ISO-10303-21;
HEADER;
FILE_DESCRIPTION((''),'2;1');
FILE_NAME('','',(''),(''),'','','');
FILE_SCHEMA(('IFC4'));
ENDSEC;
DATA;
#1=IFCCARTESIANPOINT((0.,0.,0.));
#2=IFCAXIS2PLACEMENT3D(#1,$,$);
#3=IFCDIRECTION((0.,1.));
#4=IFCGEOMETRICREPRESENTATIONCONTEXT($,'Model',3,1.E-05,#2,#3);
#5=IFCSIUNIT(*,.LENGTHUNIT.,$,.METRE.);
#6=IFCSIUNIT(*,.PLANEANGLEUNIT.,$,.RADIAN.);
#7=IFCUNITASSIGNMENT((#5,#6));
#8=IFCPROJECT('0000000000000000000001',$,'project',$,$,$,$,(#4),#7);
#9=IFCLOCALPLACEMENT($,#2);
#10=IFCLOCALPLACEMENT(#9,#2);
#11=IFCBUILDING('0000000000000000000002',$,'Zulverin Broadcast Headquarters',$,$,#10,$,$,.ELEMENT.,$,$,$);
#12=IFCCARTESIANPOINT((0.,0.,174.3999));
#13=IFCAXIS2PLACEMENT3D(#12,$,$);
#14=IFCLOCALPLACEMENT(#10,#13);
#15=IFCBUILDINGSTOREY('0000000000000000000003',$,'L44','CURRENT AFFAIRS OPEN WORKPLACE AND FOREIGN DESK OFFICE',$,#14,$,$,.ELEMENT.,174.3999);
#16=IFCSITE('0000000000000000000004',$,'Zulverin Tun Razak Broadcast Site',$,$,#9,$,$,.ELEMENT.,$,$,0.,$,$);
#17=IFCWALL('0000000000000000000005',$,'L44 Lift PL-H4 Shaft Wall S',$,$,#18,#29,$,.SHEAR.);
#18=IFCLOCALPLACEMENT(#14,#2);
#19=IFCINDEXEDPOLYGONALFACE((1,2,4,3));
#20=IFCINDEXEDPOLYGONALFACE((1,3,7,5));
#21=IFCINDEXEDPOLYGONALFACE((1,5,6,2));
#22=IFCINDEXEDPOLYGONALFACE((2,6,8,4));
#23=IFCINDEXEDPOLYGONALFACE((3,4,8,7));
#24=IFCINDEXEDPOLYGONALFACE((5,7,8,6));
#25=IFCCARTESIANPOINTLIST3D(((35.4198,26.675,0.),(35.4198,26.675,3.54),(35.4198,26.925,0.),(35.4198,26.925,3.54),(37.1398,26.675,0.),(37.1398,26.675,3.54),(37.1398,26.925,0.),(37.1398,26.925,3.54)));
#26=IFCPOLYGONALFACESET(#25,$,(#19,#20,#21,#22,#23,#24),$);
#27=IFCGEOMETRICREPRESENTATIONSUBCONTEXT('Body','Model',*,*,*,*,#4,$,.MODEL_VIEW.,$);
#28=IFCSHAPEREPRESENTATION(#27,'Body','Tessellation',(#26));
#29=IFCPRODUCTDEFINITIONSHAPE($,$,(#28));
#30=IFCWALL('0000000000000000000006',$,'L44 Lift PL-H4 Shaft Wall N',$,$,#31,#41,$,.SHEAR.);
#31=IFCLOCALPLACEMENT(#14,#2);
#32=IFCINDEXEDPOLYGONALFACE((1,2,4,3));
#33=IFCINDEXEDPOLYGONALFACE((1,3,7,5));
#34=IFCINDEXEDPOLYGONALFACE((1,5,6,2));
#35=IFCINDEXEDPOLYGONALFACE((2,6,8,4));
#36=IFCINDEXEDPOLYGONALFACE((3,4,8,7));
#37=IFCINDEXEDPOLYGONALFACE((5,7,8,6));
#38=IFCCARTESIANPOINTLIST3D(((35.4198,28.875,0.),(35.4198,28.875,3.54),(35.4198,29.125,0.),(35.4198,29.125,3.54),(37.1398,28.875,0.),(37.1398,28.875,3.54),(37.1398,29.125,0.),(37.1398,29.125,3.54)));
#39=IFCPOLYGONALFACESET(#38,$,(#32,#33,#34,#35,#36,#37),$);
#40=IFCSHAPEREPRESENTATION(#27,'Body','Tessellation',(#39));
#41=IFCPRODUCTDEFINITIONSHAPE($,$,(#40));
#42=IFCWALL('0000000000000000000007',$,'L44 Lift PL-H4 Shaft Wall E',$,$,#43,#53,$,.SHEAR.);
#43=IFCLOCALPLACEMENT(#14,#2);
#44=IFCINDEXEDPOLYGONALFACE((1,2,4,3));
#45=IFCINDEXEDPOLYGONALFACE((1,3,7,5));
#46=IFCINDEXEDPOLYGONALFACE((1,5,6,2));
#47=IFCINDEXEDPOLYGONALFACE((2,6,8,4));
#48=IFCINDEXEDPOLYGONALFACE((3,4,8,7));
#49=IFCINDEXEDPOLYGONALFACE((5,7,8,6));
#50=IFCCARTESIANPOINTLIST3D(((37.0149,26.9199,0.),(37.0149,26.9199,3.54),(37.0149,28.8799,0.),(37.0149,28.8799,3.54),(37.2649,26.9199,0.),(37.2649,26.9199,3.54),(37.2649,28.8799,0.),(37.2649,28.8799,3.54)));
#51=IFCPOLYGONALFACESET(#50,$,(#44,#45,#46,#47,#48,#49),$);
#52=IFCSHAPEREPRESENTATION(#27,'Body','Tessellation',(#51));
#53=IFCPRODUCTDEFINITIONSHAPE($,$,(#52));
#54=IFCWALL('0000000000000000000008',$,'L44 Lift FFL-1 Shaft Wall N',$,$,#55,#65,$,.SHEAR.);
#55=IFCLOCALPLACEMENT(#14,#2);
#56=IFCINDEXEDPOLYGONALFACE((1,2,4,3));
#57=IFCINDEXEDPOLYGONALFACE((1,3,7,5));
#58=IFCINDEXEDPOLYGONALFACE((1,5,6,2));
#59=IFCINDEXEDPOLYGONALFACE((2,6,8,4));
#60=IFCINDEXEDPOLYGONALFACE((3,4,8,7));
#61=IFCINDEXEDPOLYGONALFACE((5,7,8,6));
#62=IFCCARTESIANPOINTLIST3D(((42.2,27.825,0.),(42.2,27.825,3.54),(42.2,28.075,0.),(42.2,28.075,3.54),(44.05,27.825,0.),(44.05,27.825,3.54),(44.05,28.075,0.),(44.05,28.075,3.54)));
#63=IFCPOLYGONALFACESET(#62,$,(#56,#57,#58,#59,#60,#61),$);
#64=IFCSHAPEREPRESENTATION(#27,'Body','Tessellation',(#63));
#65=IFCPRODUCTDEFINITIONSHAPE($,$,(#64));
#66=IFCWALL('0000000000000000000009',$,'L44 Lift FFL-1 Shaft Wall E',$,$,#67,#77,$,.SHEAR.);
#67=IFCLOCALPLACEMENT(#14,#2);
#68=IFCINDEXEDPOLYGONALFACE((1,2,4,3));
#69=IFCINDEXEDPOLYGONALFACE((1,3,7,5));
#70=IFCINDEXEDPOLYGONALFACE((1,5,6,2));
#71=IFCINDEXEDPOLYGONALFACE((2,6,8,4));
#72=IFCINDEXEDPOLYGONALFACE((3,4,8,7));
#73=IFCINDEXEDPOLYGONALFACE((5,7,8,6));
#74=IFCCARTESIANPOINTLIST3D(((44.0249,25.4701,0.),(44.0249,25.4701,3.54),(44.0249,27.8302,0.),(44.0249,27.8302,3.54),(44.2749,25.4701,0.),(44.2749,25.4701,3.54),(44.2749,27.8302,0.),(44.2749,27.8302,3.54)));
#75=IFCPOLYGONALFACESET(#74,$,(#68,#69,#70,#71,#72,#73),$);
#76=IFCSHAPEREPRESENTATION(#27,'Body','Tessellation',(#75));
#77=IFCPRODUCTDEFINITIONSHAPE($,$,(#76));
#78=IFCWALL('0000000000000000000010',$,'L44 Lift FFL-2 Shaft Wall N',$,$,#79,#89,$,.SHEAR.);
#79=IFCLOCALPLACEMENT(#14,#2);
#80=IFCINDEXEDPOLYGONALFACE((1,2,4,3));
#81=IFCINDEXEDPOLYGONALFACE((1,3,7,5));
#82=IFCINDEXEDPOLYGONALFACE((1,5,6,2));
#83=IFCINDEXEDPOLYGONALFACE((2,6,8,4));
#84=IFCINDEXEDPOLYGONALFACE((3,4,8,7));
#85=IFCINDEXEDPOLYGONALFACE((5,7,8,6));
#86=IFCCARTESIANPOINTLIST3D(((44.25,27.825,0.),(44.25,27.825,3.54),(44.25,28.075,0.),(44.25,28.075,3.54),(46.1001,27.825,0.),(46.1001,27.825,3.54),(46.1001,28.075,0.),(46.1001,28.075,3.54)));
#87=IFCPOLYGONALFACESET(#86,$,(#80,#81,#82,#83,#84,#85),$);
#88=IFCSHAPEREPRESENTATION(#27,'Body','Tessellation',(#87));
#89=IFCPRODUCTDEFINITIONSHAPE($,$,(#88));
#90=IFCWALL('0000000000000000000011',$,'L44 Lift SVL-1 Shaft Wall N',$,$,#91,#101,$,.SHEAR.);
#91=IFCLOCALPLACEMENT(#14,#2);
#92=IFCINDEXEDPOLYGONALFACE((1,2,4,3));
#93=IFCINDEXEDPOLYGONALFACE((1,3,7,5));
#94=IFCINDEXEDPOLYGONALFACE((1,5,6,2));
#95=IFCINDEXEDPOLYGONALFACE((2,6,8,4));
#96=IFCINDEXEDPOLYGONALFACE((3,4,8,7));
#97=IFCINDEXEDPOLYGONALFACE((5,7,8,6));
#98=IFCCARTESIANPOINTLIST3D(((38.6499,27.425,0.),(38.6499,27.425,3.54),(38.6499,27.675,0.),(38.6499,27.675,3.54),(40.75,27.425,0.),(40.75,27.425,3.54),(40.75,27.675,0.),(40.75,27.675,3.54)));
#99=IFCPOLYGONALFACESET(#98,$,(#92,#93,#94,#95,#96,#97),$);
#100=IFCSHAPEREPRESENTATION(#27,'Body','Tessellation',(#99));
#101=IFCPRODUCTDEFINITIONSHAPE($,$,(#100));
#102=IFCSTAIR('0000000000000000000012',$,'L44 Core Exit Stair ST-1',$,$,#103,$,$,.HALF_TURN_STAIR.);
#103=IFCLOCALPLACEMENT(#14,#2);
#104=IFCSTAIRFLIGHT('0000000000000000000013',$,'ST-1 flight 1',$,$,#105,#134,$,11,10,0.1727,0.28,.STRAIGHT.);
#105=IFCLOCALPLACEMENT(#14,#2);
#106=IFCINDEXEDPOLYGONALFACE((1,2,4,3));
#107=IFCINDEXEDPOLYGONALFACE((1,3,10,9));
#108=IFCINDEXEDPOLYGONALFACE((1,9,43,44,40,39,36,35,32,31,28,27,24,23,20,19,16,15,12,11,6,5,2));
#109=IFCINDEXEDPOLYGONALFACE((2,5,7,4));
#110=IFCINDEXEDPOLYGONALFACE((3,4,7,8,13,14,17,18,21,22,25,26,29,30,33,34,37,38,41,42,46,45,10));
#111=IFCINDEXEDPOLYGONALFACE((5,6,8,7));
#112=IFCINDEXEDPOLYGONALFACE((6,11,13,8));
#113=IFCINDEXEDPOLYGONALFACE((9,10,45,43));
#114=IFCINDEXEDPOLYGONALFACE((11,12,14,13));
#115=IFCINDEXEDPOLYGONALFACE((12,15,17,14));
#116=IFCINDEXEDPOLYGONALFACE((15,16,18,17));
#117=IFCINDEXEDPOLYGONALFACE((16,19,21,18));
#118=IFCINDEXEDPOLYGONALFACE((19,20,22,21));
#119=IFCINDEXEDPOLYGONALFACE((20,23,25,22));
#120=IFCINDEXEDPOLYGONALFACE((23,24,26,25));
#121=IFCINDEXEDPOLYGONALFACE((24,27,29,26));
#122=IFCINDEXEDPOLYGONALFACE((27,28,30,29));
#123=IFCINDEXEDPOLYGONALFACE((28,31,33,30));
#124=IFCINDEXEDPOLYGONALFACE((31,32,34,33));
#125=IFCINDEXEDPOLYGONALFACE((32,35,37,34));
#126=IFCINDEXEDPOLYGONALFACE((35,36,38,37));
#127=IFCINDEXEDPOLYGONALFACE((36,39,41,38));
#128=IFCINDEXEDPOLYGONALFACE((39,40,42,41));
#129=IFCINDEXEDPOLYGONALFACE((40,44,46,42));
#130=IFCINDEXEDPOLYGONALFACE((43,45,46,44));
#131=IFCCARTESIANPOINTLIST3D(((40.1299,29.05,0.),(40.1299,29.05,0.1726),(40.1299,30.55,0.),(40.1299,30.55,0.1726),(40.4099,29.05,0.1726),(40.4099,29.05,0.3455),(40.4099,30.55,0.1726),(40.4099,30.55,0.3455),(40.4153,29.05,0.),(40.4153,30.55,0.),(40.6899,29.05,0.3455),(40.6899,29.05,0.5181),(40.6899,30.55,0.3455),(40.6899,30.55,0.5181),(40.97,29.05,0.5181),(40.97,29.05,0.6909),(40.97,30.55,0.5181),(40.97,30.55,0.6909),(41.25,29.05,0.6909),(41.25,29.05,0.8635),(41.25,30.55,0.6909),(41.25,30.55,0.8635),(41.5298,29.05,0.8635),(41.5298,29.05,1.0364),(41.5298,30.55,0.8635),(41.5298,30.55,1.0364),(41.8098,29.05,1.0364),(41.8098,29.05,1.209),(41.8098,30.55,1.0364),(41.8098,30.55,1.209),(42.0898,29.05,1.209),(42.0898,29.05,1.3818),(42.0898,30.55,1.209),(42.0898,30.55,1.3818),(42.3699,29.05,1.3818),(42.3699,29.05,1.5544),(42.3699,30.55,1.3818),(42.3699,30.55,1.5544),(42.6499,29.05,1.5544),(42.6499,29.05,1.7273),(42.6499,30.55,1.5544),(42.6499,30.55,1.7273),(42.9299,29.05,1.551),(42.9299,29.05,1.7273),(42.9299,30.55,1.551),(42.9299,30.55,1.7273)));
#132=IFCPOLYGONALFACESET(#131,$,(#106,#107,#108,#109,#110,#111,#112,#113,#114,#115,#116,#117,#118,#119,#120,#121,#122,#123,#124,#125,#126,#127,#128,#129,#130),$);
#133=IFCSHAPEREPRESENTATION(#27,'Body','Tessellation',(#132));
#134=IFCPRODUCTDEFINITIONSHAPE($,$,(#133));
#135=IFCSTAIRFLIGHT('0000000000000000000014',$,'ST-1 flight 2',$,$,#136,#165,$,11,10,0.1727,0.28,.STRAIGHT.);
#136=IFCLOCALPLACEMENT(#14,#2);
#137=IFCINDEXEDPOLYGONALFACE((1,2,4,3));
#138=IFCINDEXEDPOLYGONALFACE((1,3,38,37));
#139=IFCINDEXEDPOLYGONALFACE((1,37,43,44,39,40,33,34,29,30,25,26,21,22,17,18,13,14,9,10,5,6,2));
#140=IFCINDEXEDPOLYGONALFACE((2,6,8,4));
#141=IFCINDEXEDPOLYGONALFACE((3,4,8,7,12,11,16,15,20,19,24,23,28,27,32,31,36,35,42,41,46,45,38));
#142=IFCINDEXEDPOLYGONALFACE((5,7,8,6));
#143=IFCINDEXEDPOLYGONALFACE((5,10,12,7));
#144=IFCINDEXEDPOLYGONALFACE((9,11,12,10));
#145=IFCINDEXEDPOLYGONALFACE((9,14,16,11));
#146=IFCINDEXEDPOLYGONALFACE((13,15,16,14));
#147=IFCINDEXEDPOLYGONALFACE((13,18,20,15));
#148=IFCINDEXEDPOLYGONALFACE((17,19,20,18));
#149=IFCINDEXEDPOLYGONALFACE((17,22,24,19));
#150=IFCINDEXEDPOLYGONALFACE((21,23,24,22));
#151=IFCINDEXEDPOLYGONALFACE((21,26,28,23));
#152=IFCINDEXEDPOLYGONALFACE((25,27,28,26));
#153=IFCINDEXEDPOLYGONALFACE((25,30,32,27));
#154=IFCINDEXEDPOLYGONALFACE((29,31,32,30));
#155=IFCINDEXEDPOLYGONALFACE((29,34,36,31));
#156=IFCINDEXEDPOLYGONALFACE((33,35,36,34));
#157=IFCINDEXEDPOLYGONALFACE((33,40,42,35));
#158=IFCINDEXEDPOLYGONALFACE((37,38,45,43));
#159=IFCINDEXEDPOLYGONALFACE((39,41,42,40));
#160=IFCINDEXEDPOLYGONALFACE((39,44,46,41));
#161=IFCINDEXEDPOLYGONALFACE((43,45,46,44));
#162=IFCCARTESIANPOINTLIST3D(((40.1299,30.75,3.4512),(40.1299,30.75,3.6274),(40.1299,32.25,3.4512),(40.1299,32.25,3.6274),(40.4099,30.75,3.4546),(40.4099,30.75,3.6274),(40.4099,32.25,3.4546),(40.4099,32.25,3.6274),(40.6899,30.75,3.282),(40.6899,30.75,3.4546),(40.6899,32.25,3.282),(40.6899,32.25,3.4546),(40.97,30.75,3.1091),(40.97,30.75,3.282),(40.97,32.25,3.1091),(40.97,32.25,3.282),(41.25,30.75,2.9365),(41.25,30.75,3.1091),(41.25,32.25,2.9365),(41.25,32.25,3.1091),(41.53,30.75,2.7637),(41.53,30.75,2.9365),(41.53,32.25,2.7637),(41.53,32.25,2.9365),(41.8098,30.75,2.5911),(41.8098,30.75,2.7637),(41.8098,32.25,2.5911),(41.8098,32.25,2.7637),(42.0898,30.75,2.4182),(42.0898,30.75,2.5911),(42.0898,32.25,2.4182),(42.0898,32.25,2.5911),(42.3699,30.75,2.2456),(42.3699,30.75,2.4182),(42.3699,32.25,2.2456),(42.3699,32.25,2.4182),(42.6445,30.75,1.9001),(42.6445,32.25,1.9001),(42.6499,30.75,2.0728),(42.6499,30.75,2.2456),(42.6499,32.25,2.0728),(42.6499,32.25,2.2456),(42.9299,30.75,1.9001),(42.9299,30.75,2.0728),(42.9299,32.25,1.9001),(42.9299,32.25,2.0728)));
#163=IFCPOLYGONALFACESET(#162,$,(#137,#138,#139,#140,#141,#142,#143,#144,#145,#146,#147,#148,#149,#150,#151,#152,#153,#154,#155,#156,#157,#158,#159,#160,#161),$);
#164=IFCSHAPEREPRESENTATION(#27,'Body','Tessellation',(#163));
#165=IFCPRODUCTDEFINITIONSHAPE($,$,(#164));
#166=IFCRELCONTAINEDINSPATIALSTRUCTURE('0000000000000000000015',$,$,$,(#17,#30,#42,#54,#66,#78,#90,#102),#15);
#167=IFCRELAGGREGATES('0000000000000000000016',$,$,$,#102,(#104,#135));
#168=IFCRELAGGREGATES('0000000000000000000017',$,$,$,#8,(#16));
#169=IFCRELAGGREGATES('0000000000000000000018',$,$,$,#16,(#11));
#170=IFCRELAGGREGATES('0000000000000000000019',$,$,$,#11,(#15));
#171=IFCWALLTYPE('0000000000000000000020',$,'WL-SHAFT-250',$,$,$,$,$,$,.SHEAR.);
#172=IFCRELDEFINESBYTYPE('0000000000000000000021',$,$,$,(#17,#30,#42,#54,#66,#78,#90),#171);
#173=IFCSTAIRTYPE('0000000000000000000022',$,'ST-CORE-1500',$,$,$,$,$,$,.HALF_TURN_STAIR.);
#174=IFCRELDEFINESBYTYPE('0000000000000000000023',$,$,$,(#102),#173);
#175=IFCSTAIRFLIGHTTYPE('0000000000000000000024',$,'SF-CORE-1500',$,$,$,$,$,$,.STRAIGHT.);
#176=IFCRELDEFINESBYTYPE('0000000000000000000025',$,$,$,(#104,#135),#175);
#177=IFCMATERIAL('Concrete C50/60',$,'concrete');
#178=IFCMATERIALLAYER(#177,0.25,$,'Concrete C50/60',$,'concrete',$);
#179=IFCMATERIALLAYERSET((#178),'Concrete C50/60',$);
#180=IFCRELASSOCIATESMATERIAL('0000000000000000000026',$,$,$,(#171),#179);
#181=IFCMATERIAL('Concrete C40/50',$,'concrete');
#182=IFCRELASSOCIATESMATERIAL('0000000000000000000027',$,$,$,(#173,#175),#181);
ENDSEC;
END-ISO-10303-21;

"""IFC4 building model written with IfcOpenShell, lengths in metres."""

from ifc_helpers import new_model, si_unit, direction, frame, frame_2d, origin, place, context, subcontext, project, spatial, polyline, rectangle, outline, extrude, material, layer, layer_set, type_object, element, aggregate, save


model = new_model("IFC4")

# Units and contexts
model_context = context("Model", 3, precision=1e-05, world=origin(), true_north=direction((0.0, 1.0)))
body_context = subcontext(model_context, "Body", "Model", "MODEL_VIEW")
ifc_project = project(units=[si_unit("LENGTHUNIT", "METRE"), si_unit("PLANEANGLEUNIT", "RADIAN")], contexts=[model_context])

# Site, building, storey
site_placement = place(None, origin())
site = spatial("IfcSite", under=ifc_project, at=site_placement, Name="Zulverin Tun Razak Broadcast Site", CompositionType="ELEMENT", RefElevation=0.0)
building_placement = place(site_placement, origin())
building = spatial("IfcBuilding", under=site, at=building_placement, Name="Zulverin Broadcast Headquarters", CompositionType="ELEMENT")
storey_placement = place(building_placement, frame((0.0, 0.0, 174.3999)))
storey = spatial("IfcBuildingStorey", under=building, at=storey_placement, Name="L44", Description="CURRENT AFFAIRS OPEN WORKPLACE AND FOREIGN DESK OFFICE", CompositionType="ELEMENT", Elevation=174.3999)

# Shared definitions
ifc_material_1 = material(Name="Concrete C50/60", Category="concrete")

# Shared definitions
ifc_material_2 = material(Name="Concrete C40/50", Category="concrete")

# Shared definitions
ifc_layer_1 = layer(ifc_material_1, 0.25, Name="Concrete C50/60", Category="concrete")
ifc_layer_set_1 = layer_set([ifc_layer_1], Name="Concrete C50/60")
wall_type_1 = type_object("IfcWallType", Name="WL-SHAFT-250", PredefinedType="SHEAR", material=ifc_layer_set_1)

# Walls
for number, where, z_axis, x_axis, name in (
    (1, (35.4199, 26.8, 0.0), (0.0, 0.0, 1.0), (1.0, 0.0, 0.0), "L44 Lift PL-H4 Shaft Wall S"),
    (2, (35.4199, 29.0, 0.0), (0.0, 0.0, 1.0), (1.0, 0.0, 0.0), "L44 Lift PL-H4 Shaft Wall N"),
):
    element("IfcWall", number, at=place(storey_placement, frame(where, z_axis=z_axis, x_axis=x_axis)), inside=storey, type_object=wall_type_1, Name=name, PredefinedType="SHEAR", context=body_context, shape_type="SweptSolid", body=[
        extrude(rectangle(XDim=1.72, YDim=0.25, at=frame_2d((0.8599, 0.0))), origin(), (0.0, 0.0, 1.0), 3.54),
    ])
wall_1_placement = place(storey_placement, frame((37.1399, 26.9199, 0.0), z_axis=(0.0, 0.0, 1.0), x_axis=(0.0, 1.0, 0.0)))
element("IfcWall", 3, at=wall_1_placement, inside=storey, type_object=wall_type_1, Name="L44 Lift PL-H4 Shaft Wall E", PredefinedType="SHEAR", context=body_context, shape_type="SweptSolid", body=[
    extrude(rectangle(XDim=1.96, YDim=0.25, at=frame_2d((0.98, 0.0))), origin(), (0.0, 0.0, 1.0), 3.54),
])
wall_2_placement = place(storey_placement, frame((42.2, 27.95, 0.0), z_axis=(0.0, 0.0, 1.0), x_axis=(1.0, 0.0, 0.0)))
element("IfcWall", 4, at=wall_2_placement, inside=storey, type_object=wall_type_1, Name="L44 Lift FFL-1 Shaft Wall N", PredefinedType="SHEAR", context=body_context, shape_type="SweptSolid", body=[
    extrude(rectangle(XDim=1.8501, YDim=0.25, at=frame_2d((0.925, 0.0))), origin(), (0.0, 0.0, 1.0), 3.54),
])
wall_3_placement = place(storey_placement, frame((44.1499, 25.47, 0.0), z_axis=(0.0, 0.0, 1.0), x_axis=(0.0, 1.0, 0.0)))
element("IfcWall", 5, at=wall_3_placement, inside=storey, type_object=wall_type_1, Name="L44 Lift FFL-1 Shaft Wall E", PredefinedType="SHEAR", context=body_context, shape_type="SweptSolid", body=[
    extrude(rectangle(XDim=2.3601, YDim=0.25, at=frame_2d((1.1802, 0.0))), origin(), (0.0, 0.0, 1.0), 3.54),
])
wall_4_placement = place(storey_placement, frame((44.25, 27.95, 0.0), z_axis=(0.0, 0.0, 1.0), x_axis=(1.0, 0.0, 0.0)))
element("IfcWall", 6, at=wall_4_placement, inside=storey, type_object=wall_type_1, Name="L44 Lift FFL-2 Shaft Wall N", PredefinedType="SHEAR", context=body_context, shape_type="SweptSolid", body=[
    extrude(rectangle(XDim=1.8501, YDim=0.25, at=frame_2d((0.925, 0.0))), origin(), (0.0, 0.0, 1.0), 3.54),
])
wall_5_placement = place(storey_placement, frame((38.6499, 27.55, 0.0), z_axis=(0.0, 0.0, 1.0), x_axis=(1.0, 0.0, 0.0)))
element("IfcWall", 7, at=wall_5_placement, inside=storey, type_object=wall_type_1, Name="L44 Lift SVL-1 Shaft Wall N", PredefinedType="SHEAR", context=body_context, shape_type="SweptSolid", body=[
    extrude(rectangle(XDim=2.1001, YDim=0.25, at=frame_2d((1.05, 0.0))), origin(), (0.0, 0.0, 1.0), 3.54),
])

# Stair, stair flights
stair_type = type_object("IfcStairType", Name="ST-CORE-1500", PredefinedType="HALF_TURN_STAIR", material=ifc_material_2)
stair_placement = place(storey_placement, origin())
stair = element("IfcStair", 8, at=stair_placement, inside=storey, type_object=stair_type, Name="L44 Core Exit Stair ST-1", PredefinedType="HALF_TURN_STAIR")
stair_flight_type = type_object("IfcStairFlightType", Name="SF-CORE-1500", PredefinedType="STRAIGHT", material=ifc_material_2)
stair_flight_1_placement = place(storey_placement, frame((40.1299, 29.8, 0.0), z_axis=(0.0, 0.0, 1.0), x_axis=(1.0, 0.0, 0.0)))
stair_flight_1 = element("IfcStairFlight", 9, at=stair_flight_1_placement, type_object=stair_flight_type, Name="ST-1 flight 1", NumberOfRisers=11, NumberOfTreads=10, PredefinedType="STRAIGHT", RiserHeight=0.1727, TreadLength=0.28, context=body_context, shape_type="SweptSolid", body=[
    extrude(outline(polyline([(0.0, 0.0), (0.0, 0.1726), (0.28, 0.1726), (0.28, 0.3455), (0.5601, 0.3455), (0.5601, 0.5181), (0.8401, 0.5181), (0.8401, 0.6909), (1.1201, 0.6909), (1.1201, 0.8635), (1.3999, 0.8635), (1.3999, 1.0364), (1.6799, 1.0364), (1.6799, 1.209), (1.96, 1.209), (1.96, 1.3818), (2.24, 1.3818), (2.24, 1.5544), (2.52, 1.5544), (2.52, 1.7273), (2.8, 1.7273), (2.8, 1.8999), (2.8, 1.551), (0.2854, 0.0), (0.0, 0.0)])), frame((0.0, 0.75, 0.0), z_axis=(0.0, -1.0, 0.0), x_axis=(1.0, 0.0, 0.0)), (0.0, 0.0, 1.0), 1.5),
])
stair_flight_2_placement = place(storey_placement, frame((42.9299, 31.5, 1.9001), z_axis=(0.0, 0.0, 1.0), x_axis=(-1.0, 0.0, 0.0)))
stair_flight_2 = element("IfcStairFlight", 10, at=stair_flight_2_placement, type_object=stair_flight_type, Name="ST-1 flight 2", NumberOfRisers=11, NumberOfTreads=10, PredefinedType="STRAIGHT", RiserHeight=0.1727, TreadLength=0.28, context=body_context, shape_type="SweptSolid", body=[
    extrude(outline(polyline([(0.0, 0.0), (0.0, 0.1726), (0.28, 0.1726), (0.28, 0.3455), (0.5601, 0.3455), (0.5601, 0.5181), (0.8401, 0.5181), (0.8401, 0.6909), (1.1201, 0.6909), (1.1201, 0.8635), (1.3999, 0.8635), (1.3999, 1.0364), (1.6799, 1.0364), (1.6799, 1.209), (1.96, 1.209), (1.96, 1.3818), (2.24, 1.3818), (2.24, 1.5544), (2.52, 1.5544), (2.52, 1.7273), (2.8, 1.7273), (2.8, 1.8999), (2.8, 1.551), (0.2854, 0.0), (0.0, 0.0)])), frame((0.0, 0.75, 0.0), z_axis=(0.0, -1.0, 0.0), x_axis=(1.0, 0.0, 0.0)), (0.0, 0.0, 1.0), 1.5),
])
aggregate(stair, [stair_flight_1, stair_flight_2])

save(model, "model.ifc")
